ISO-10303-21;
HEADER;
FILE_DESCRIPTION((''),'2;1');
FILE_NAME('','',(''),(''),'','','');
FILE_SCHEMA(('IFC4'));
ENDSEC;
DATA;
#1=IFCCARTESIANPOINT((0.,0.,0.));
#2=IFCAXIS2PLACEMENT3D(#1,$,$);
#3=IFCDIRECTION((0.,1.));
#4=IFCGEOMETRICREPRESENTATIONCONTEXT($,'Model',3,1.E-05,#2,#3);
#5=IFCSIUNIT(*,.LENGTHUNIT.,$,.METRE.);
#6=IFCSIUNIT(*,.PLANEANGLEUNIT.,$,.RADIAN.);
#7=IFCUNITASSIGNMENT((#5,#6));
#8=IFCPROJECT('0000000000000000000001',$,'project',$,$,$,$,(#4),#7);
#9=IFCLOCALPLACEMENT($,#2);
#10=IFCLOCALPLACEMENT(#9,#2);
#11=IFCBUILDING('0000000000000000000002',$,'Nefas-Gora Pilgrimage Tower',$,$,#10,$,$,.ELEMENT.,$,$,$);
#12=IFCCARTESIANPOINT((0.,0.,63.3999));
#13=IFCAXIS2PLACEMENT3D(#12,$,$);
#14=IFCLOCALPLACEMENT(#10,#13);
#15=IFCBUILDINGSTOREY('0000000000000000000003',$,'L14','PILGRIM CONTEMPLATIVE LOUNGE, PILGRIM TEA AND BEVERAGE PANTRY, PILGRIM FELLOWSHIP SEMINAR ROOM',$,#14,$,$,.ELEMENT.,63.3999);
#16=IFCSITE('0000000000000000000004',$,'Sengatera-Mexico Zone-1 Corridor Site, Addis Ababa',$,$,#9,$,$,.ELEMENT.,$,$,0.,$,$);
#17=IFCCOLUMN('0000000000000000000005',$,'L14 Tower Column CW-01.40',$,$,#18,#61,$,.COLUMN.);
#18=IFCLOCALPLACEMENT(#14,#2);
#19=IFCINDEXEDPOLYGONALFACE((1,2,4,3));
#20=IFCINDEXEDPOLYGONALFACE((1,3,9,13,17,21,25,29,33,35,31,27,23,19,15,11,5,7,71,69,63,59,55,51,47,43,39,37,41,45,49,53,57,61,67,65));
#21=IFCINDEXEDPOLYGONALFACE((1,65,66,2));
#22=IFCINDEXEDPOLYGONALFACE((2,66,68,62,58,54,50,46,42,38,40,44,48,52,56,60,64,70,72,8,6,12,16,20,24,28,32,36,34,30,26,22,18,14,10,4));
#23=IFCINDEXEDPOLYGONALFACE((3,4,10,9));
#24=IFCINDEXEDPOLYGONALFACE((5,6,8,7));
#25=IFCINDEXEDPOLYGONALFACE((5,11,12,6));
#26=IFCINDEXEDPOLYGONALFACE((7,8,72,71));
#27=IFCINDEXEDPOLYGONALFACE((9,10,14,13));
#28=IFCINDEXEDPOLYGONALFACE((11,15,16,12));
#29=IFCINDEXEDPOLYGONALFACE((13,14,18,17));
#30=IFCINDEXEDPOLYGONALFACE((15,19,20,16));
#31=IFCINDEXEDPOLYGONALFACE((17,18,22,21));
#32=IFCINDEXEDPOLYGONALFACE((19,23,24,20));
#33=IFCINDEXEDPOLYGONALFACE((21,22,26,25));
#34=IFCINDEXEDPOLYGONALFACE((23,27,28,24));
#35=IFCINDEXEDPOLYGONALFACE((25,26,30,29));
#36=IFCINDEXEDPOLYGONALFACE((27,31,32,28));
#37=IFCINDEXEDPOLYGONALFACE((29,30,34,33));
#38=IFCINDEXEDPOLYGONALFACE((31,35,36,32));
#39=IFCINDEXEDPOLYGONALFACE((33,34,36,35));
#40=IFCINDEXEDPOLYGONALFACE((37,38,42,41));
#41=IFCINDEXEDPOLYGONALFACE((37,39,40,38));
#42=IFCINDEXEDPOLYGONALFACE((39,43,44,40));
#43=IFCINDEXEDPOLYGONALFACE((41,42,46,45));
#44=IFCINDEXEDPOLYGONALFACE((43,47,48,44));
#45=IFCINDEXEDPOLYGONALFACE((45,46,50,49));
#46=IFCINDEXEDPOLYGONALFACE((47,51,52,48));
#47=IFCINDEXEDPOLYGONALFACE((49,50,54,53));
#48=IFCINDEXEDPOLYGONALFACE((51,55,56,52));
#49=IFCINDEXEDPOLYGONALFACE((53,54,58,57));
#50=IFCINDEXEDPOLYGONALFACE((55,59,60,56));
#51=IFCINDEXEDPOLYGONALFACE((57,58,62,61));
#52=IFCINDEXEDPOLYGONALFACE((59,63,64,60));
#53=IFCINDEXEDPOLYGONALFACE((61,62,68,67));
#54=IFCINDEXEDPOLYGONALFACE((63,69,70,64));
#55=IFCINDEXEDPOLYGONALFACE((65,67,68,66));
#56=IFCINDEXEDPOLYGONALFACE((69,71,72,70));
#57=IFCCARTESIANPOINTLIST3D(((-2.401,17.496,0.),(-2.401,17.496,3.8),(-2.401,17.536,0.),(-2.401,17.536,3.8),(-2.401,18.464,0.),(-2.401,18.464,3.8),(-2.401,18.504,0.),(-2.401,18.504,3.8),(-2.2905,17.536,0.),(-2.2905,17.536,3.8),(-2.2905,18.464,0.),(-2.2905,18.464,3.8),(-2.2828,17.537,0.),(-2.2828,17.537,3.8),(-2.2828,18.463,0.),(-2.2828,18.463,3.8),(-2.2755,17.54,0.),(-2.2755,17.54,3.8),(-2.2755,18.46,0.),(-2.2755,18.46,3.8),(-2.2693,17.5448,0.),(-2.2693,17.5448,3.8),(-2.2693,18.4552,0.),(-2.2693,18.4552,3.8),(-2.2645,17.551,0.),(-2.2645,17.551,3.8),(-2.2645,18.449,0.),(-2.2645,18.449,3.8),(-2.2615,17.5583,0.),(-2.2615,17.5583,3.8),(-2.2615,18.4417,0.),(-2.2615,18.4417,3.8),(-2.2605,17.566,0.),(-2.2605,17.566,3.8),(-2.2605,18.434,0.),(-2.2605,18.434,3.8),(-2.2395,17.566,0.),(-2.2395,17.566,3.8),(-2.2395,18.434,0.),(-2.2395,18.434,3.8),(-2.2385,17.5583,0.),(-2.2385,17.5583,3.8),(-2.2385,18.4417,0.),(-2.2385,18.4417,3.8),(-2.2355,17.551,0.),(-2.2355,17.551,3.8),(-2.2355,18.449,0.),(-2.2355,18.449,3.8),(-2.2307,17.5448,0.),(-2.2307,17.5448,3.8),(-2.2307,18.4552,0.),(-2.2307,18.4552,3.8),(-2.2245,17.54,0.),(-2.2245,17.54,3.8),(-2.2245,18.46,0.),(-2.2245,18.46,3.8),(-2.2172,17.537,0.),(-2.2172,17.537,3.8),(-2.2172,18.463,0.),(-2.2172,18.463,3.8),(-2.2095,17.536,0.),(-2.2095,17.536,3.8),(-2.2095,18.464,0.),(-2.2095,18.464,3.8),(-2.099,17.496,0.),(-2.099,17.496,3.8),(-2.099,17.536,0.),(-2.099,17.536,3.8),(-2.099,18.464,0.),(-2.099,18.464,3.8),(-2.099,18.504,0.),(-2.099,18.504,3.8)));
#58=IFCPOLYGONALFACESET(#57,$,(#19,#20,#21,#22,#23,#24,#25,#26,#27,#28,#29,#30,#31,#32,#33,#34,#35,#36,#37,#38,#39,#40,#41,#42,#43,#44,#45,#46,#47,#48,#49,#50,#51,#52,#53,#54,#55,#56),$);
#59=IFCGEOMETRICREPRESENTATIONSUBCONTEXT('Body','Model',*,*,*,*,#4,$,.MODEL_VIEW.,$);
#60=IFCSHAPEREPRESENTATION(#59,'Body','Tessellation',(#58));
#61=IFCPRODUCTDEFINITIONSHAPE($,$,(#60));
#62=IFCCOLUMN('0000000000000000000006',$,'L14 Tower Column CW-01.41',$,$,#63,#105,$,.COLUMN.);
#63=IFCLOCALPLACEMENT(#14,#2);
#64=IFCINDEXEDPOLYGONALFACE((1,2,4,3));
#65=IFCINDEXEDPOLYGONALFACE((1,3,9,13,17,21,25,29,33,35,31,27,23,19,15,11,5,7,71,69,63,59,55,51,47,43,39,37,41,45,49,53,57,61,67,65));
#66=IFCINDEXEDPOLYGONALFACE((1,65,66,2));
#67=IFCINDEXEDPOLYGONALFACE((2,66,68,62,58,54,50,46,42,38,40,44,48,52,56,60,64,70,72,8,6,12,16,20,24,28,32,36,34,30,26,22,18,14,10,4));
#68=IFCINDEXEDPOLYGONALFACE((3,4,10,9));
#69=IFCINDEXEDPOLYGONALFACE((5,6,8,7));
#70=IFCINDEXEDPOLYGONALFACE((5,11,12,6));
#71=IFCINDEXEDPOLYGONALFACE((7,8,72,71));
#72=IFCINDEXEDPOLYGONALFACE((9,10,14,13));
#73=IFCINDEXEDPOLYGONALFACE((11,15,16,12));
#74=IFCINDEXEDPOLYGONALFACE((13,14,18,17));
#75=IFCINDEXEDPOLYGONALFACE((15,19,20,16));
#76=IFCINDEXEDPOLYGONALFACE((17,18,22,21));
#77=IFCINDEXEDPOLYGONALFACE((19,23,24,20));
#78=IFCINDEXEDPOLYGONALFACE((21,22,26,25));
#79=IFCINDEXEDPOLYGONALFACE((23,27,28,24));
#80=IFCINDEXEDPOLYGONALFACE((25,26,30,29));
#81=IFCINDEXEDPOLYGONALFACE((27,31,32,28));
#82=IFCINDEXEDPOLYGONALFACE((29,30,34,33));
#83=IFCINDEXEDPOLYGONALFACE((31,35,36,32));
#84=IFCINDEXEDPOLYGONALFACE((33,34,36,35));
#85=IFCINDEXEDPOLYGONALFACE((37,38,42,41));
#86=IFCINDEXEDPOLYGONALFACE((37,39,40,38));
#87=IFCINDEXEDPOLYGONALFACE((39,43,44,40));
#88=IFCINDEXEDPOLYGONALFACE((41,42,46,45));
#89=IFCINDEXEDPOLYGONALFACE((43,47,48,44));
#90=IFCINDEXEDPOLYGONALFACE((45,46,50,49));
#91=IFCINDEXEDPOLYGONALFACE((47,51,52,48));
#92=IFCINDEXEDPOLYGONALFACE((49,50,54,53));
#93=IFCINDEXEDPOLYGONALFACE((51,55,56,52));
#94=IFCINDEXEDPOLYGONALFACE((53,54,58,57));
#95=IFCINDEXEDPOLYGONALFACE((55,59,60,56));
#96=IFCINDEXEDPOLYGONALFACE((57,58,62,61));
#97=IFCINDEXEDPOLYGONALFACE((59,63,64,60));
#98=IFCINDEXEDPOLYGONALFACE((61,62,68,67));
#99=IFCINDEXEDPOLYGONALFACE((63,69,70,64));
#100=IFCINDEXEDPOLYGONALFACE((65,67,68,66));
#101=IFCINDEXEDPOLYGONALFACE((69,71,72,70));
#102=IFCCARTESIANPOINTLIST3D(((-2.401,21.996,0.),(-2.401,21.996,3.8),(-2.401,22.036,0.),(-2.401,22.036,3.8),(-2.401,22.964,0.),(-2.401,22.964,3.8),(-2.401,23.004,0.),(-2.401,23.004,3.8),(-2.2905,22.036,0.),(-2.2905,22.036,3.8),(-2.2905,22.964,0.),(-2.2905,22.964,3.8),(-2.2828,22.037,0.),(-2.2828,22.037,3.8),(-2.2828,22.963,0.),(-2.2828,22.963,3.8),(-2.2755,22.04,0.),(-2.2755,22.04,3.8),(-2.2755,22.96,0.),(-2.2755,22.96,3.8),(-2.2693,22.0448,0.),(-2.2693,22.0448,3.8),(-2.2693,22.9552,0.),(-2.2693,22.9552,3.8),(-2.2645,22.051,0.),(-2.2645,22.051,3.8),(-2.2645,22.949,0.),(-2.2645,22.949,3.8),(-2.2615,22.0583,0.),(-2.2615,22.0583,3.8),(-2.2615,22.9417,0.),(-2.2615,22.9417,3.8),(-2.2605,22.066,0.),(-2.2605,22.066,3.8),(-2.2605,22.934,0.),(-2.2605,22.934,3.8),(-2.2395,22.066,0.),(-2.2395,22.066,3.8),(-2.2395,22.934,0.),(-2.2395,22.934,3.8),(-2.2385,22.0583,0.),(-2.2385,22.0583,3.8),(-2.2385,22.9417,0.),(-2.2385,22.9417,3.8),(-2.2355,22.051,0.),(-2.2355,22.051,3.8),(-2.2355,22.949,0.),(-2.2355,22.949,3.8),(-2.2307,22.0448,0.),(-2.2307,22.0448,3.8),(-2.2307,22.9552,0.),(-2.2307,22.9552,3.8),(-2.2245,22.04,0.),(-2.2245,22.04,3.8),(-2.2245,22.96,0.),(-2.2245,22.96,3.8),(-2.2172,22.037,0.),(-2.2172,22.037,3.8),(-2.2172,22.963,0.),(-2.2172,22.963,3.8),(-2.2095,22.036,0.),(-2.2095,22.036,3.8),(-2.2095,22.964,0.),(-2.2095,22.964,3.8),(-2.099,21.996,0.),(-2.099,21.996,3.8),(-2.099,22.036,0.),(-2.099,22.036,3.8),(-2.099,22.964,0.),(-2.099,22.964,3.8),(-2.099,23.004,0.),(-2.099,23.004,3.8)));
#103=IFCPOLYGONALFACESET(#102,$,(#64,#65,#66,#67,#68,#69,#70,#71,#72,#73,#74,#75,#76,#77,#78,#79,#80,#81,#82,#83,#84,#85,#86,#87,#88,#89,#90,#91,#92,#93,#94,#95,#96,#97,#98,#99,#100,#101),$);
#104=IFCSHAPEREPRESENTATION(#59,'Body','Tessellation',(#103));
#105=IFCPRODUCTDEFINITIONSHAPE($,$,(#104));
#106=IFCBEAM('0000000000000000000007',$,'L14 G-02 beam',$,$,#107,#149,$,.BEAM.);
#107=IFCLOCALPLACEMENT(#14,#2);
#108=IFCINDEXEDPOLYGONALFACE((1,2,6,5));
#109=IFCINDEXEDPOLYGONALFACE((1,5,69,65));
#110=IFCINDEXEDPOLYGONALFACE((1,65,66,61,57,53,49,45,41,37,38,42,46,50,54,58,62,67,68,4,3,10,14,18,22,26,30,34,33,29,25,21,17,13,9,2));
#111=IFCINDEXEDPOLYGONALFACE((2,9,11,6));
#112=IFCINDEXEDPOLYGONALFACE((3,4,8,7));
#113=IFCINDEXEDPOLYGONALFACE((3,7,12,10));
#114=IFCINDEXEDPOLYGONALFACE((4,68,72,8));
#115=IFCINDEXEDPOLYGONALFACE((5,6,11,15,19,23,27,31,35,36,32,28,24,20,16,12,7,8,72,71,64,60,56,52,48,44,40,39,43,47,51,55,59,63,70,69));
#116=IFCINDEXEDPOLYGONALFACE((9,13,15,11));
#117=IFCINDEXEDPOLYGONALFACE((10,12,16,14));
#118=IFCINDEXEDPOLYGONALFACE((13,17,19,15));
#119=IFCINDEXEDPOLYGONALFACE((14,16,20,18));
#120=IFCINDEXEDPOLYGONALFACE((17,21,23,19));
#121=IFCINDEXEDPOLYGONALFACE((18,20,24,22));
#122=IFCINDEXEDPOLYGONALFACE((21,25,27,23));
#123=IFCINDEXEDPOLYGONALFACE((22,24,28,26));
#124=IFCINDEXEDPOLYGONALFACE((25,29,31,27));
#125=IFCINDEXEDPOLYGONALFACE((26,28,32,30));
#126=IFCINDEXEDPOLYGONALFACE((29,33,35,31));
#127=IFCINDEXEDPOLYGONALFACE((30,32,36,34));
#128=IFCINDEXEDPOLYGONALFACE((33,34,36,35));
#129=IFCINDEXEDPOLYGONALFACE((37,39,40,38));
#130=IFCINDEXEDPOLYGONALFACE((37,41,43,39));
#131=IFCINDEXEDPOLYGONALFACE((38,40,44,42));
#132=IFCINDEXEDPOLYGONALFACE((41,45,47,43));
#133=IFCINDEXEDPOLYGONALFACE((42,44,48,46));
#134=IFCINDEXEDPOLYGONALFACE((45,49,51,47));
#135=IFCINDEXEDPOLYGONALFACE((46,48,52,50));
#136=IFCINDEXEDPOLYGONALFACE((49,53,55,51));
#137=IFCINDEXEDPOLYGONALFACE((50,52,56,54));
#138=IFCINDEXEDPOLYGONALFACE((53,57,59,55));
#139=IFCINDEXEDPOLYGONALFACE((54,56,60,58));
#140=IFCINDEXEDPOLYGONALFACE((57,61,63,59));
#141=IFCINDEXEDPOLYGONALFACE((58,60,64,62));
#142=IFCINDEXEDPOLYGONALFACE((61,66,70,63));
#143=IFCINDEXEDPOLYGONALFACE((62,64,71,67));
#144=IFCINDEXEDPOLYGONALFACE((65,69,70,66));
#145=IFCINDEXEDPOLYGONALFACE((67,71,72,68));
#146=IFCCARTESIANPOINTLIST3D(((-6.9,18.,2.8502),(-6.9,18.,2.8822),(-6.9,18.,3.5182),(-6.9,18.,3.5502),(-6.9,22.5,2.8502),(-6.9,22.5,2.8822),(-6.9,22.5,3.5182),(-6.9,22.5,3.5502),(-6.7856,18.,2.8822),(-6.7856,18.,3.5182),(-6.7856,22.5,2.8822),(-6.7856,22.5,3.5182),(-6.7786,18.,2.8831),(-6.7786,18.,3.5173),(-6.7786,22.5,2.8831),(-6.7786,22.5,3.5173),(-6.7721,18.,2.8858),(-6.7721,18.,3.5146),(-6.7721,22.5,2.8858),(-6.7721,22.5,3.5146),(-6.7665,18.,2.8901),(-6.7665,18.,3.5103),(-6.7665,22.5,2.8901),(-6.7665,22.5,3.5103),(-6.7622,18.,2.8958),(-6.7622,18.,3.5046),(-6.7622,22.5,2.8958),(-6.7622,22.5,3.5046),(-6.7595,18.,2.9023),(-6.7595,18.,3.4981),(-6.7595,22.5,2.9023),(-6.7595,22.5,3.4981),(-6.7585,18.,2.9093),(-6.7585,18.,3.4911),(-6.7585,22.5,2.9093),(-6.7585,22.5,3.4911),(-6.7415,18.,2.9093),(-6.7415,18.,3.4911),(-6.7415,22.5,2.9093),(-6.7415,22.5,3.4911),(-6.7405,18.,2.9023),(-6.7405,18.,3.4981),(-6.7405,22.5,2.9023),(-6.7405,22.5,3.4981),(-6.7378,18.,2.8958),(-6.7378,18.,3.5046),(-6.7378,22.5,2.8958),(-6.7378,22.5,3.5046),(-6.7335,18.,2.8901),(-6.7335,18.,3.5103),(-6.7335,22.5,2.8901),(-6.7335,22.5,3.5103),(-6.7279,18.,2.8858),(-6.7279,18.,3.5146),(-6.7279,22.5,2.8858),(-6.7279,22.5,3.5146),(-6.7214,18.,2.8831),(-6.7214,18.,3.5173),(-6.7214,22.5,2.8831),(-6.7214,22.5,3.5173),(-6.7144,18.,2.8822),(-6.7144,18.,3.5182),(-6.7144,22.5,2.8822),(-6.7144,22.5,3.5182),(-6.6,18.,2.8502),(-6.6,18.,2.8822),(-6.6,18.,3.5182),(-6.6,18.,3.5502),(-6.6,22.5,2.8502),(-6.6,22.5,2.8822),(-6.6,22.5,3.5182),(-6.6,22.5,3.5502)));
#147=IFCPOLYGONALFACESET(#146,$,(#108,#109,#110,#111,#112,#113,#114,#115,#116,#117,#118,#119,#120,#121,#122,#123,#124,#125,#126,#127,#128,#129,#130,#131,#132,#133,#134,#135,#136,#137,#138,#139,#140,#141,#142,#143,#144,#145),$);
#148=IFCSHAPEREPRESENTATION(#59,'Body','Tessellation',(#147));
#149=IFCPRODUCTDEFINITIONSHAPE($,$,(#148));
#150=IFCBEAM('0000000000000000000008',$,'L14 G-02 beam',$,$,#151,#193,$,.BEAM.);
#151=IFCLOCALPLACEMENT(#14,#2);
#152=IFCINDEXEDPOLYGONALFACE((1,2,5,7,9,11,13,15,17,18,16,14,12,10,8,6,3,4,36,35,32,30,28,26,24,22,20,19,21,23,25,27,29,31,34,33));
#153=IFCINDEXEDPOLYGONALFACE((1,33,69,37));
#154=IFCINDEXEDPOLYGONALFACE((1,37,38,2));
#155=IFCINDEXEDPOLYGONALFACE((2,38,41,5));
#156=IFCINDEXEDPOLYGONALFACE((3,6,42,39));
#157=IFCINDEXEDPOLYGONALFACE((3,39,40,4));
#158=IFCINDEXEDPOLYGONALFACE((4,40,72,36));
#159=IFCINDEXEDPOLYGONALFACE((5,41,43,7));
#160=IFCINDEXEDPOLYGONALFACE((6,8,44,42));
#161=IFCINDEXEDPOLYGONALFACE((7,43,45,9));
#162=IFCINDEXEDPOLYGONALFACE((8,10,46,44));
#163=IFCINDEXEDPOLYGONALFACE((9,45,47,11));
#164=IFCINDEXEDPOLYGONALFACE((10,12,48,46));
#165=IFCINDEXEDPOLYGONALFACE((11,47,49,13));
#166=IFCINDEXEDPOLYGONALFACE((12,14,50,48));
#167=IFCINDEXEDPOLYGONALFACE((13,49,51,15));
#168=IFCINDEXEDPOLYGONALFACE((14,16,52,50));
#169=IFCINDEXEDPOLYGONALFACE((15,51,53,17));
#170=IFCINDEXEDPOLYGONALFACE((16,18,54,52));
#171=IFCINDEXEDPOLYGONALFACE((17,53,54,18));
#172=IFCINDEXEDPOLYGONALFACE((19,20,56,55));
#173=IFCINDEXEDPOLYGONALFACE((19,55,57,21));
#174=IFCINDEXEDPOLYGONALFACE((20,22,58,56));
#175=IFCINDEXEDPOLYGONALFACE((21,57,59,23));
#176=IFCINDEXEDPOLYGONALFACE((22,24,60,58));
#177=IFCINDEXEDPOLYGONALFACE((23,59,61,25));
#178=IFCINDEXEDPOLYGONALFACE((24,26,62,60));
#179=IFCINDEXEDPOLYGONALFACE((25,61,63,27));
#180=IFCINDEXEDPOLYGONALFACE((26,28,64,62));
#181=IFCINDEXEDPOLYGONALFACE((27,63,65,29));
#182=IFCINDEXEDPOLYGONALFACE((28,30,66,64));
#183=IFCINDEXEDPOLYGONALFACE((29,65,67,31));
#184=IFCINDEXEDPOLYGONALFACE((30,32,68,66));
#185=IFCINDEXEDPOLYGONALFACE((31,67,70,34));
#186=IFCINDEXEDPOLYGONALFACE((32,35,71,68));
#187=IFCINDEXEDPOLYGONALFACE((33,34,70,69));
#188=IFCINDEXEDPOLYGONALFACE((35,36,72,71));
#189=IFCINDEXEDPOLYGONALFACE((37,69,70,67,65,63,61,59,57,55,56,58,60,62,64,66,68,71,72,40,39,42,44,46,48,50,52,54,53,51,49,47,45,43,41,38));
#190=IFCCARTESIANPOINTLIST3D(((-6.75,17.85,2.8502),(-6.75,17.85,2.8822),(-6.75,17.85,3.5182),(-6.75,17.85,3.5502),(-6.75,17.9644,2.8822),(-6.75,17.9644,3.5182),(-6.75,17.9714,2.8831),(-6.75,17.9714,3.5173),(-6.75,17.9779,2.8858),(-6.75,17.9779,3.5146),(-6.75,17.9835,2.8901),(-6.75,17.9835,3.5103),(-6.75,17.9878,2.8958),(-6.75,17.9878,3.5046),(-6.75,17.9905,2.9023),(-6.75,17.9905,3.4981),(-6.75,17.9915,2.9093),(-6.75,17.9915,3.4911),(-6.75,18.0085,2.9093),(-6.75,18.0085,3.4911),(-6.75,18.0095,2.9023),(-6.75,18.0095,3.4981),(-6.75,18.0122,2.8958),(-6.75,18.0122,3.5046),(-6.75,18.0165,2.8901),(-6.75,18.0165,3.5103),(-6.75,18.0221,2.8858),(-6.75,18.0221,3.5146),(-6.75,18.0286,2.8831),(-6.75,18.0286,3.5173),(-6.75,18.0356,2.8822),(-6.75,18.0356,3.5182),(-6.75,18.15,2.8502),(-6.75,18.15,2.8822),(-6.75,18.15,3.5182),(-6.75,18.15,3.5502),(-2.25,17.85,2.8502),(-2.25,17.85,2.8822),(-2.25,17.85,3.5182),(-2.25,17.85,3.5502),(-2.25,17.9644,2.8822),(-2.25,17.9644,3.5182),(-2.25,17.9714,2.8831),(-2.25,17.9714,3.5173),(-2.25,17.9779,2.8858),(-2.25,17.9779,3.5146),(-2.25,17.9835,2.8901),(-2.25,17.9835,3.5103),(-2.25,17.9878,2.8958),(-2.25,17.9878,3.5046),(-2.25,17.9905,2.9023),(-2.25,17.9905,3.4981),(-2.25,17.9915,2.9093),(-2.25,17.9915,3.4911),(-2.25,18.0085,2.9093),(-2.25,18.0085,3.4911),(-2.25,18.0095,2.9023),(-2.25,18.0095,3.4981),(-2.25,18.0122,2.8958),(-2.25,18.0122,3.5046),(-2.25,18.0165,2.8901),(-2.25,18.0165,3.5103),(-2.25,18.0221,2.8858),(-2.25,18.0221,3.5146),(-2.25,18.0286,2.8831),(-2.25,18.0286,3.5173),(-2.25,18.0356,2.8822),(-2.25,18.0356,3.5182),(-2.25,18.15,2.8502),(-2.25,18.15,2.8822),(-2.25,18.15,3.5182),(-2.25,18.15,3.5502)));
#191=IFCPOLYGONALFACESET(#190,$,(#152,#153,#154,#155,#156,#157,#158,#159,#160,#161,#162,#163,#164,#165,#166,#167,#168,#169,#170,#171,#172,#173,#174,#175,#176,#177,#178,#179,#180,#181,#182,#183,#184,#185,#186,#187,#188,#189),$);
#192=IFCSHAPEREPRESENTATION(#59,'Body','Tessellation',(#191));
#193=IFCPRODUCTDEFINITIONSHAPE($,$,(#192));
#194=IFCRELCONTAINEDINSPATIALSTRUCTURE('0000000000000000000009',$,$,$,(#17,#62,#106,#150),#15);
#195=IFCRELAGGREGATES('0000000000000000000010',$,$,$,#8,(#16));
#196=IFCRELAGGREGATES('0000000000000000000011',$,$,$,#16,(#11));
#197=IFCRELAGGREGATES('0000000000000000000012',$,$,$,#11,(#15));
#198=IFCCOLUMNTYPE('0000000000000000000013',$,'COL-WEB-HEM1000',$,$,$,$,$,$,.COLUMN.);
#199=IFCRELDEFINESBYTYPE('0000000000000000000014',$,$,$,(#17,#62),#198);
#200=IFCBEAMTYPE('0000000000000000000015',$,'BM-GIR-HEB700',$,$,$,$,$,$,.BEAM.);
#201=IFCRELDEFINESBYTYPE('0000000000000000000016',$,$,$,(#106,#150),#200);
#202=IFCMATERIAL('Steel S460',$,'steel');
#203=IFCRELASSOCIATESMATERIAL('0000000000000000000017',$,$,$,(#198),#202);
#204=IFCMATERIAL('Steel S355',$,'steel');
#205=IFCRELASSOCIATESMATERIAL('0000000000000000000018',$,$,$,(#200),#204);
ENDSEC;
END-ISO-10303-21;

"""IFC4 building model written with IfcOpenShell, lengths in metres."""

from ifc_helpers import new_model, si_unit, direction, frame, origin, origin_2d, place, context, subcontext, project, spatial, i_section, extrude, source, transform, mapped, material, material_profile, profile_set, type_object, element, save


model = new_model("IFC4")

# Units and contexts
model_context = context("Model", 3, precision=1e-05, world=origin(), true_north=direction((0.0, 1.0)))
body_context = subcontext(model_context, "Body", "Model", "MODEL_VIEW")
ifc_project = project(units=[si_unit("LENGTHUNIT", "METRE"), si_unit("PLANEANGLEUNIT", "RADIAN")], contexts=[model_context])

# Site, building, storey
site_placement = place(None, origin())
site = spatial("IfcSite", under=ifc_project, at=site_placement, Name="Sengatera-Mexico Zone-1 Corridor Site, Addis Ababa", CompositionType="ELEMENT", RefElevation=0.0)
building_placement = place(site_placement, origin())
building = spatial("IfcBuilding", under=site, at=building_placement, Name="Nefas-Gora Pilgrimage Tower", CompositionType="ELEMENT")
storey_placement = place(building_placement, frame((0.0, 0.0, 63.3999)))
storey = spatial("IfcBuildingStorey", under=building, at=storey_placement, Name="L14", Description="PILGRIM CONTEMPLATIVE LOUNGE, PILGRIM TEA AND BEVERAGE PANTRY, PILGRIM FELLOWSHIP SEMINAR ROOM", CompositionType="ELEMENT", Elevation=63.3999)

# Columns
ifc_material_1 = material(Name="Steel S460", Category="steel")
ifc_material_profile_1 = material_profile(ifc_material_1, i_section(OverallWidth=0.302, OverallDepth=1.0081, WebThickness=0.021, FlangeThickness=0.04, FilletRadius=0.03, at=origin_2d()), Name="HEM 1000")
ifc_profile_set_1 = profile_set([ifc_material_profile_1], Name="Steel S460")
column_type_1 = type_object("IfcColumnType", Name="COL-WEB-HEM1000", PredefinedType="COLUMN", material=ifc_profile_set_1)
shared_shape_1 = source(origin(), body_context, "Body", "SweptSolid", [
    extrude(i_section(OverallWidth=0.302, OverallDepth=1.0081, WebThickness=0.021, FlangeThickness=0.04, FilletRadius=0.03, at=origin_2d()), origin(), (0.0, 0.0, 1.0), 3.8),
])
for number, where, z_axis, x_axis, name in (
    (1, (-2.25, 18.0, 0.0), (0.0, 0.0, 1.0), (1.0, 0.0, 0.0), "L14 Tower Column CW-01.40"),
    (2, (-2.25, 22.5, 0.0), (0.0, 0.0, 1.0), (1.0, 0.0, 0.0), "L14 Tower Column CW-01.41"),
):
    element("IfcColumn", number, at=place(storey_placement, frame(where, z_axis=z_axis, x_axis=x_axis)), inside=storey, type_object=column_type_1, Name=name, PredefinedType="COLUMN", context=body_context, shape_type="MappedRepresentation", body=[
        mapped(shared_shape_1, transform((0.0, 0.0, 0.0), x_axis=(1.0, 0.0, 0.0), y_axis=(0.0, 1.0, 0.0), z_axis=(0.0, 0.0, 1.0), scale=1.0)),
    ])

# Beams
ifc_material_2 = material(Name="Steel S355", Category="steel")
ifc_material_profile_2 = material_profile(ifc_material_2, i_section(OverallWidth=0.3, OverallDepth=0.7, WebThickness=0.0171, FlangeThickness=0.032, FilletRadius=0.0271, at=origin_2d()), Name="HEB 700")
ifc_profile_set_2 = profile_set([ifc_material_profile_2], Name="Steel S355")
beam_type = type_object("IfcBeamType", Name="BM-GIR-HEB700", PredefinedType="BEAM", material=ifc_profile_set_2)
shared_shape_2 = source(origin(), body_context, "Body", "SweptSolid", [
    extrude(i_section(OverallWidth=0.3, OverallDepth=0.7, WebThickness=0.0171, FlangeThickness=0.032, FilletRadius=0.0271, at=origin_2d()), origin(), (0.0, 0.0, 1.0), 4.5),
])
for number, where, z_axis, x_axis, name in (
    (3, (-6.75, 18.0, 3.2002), (0.0, 1.0, 0.0), (-1.0, 0.0, 0.0), "L14 G-02 beam"),
    (4, (-6.75, 18.0, 3.2002), (1.0, 0.0, 0.0), (0.0, 1.0, 0.0), "L14 G-02 beam"),
):
    element("IfcBeam", number, at=place(storey_placement, frame(where, z_axis=z_axis, x_axis=x_axis)), inside=storey, type_object=beam_type, Name=name, PredefinedType="BEAM", context=body_context, shape_type="MappedRepresentation", body=[
        mapped(shared_shape_2, transform((0.0, 0.0, 0.0), x_axis=(1.0, 0.0, 0.0), y_axis=(0.0, 1.0, 0.0), z_axis=(0.0, 0.0, 1.0), scale=1.0)),
    ])

save(model, "model.ifc")
